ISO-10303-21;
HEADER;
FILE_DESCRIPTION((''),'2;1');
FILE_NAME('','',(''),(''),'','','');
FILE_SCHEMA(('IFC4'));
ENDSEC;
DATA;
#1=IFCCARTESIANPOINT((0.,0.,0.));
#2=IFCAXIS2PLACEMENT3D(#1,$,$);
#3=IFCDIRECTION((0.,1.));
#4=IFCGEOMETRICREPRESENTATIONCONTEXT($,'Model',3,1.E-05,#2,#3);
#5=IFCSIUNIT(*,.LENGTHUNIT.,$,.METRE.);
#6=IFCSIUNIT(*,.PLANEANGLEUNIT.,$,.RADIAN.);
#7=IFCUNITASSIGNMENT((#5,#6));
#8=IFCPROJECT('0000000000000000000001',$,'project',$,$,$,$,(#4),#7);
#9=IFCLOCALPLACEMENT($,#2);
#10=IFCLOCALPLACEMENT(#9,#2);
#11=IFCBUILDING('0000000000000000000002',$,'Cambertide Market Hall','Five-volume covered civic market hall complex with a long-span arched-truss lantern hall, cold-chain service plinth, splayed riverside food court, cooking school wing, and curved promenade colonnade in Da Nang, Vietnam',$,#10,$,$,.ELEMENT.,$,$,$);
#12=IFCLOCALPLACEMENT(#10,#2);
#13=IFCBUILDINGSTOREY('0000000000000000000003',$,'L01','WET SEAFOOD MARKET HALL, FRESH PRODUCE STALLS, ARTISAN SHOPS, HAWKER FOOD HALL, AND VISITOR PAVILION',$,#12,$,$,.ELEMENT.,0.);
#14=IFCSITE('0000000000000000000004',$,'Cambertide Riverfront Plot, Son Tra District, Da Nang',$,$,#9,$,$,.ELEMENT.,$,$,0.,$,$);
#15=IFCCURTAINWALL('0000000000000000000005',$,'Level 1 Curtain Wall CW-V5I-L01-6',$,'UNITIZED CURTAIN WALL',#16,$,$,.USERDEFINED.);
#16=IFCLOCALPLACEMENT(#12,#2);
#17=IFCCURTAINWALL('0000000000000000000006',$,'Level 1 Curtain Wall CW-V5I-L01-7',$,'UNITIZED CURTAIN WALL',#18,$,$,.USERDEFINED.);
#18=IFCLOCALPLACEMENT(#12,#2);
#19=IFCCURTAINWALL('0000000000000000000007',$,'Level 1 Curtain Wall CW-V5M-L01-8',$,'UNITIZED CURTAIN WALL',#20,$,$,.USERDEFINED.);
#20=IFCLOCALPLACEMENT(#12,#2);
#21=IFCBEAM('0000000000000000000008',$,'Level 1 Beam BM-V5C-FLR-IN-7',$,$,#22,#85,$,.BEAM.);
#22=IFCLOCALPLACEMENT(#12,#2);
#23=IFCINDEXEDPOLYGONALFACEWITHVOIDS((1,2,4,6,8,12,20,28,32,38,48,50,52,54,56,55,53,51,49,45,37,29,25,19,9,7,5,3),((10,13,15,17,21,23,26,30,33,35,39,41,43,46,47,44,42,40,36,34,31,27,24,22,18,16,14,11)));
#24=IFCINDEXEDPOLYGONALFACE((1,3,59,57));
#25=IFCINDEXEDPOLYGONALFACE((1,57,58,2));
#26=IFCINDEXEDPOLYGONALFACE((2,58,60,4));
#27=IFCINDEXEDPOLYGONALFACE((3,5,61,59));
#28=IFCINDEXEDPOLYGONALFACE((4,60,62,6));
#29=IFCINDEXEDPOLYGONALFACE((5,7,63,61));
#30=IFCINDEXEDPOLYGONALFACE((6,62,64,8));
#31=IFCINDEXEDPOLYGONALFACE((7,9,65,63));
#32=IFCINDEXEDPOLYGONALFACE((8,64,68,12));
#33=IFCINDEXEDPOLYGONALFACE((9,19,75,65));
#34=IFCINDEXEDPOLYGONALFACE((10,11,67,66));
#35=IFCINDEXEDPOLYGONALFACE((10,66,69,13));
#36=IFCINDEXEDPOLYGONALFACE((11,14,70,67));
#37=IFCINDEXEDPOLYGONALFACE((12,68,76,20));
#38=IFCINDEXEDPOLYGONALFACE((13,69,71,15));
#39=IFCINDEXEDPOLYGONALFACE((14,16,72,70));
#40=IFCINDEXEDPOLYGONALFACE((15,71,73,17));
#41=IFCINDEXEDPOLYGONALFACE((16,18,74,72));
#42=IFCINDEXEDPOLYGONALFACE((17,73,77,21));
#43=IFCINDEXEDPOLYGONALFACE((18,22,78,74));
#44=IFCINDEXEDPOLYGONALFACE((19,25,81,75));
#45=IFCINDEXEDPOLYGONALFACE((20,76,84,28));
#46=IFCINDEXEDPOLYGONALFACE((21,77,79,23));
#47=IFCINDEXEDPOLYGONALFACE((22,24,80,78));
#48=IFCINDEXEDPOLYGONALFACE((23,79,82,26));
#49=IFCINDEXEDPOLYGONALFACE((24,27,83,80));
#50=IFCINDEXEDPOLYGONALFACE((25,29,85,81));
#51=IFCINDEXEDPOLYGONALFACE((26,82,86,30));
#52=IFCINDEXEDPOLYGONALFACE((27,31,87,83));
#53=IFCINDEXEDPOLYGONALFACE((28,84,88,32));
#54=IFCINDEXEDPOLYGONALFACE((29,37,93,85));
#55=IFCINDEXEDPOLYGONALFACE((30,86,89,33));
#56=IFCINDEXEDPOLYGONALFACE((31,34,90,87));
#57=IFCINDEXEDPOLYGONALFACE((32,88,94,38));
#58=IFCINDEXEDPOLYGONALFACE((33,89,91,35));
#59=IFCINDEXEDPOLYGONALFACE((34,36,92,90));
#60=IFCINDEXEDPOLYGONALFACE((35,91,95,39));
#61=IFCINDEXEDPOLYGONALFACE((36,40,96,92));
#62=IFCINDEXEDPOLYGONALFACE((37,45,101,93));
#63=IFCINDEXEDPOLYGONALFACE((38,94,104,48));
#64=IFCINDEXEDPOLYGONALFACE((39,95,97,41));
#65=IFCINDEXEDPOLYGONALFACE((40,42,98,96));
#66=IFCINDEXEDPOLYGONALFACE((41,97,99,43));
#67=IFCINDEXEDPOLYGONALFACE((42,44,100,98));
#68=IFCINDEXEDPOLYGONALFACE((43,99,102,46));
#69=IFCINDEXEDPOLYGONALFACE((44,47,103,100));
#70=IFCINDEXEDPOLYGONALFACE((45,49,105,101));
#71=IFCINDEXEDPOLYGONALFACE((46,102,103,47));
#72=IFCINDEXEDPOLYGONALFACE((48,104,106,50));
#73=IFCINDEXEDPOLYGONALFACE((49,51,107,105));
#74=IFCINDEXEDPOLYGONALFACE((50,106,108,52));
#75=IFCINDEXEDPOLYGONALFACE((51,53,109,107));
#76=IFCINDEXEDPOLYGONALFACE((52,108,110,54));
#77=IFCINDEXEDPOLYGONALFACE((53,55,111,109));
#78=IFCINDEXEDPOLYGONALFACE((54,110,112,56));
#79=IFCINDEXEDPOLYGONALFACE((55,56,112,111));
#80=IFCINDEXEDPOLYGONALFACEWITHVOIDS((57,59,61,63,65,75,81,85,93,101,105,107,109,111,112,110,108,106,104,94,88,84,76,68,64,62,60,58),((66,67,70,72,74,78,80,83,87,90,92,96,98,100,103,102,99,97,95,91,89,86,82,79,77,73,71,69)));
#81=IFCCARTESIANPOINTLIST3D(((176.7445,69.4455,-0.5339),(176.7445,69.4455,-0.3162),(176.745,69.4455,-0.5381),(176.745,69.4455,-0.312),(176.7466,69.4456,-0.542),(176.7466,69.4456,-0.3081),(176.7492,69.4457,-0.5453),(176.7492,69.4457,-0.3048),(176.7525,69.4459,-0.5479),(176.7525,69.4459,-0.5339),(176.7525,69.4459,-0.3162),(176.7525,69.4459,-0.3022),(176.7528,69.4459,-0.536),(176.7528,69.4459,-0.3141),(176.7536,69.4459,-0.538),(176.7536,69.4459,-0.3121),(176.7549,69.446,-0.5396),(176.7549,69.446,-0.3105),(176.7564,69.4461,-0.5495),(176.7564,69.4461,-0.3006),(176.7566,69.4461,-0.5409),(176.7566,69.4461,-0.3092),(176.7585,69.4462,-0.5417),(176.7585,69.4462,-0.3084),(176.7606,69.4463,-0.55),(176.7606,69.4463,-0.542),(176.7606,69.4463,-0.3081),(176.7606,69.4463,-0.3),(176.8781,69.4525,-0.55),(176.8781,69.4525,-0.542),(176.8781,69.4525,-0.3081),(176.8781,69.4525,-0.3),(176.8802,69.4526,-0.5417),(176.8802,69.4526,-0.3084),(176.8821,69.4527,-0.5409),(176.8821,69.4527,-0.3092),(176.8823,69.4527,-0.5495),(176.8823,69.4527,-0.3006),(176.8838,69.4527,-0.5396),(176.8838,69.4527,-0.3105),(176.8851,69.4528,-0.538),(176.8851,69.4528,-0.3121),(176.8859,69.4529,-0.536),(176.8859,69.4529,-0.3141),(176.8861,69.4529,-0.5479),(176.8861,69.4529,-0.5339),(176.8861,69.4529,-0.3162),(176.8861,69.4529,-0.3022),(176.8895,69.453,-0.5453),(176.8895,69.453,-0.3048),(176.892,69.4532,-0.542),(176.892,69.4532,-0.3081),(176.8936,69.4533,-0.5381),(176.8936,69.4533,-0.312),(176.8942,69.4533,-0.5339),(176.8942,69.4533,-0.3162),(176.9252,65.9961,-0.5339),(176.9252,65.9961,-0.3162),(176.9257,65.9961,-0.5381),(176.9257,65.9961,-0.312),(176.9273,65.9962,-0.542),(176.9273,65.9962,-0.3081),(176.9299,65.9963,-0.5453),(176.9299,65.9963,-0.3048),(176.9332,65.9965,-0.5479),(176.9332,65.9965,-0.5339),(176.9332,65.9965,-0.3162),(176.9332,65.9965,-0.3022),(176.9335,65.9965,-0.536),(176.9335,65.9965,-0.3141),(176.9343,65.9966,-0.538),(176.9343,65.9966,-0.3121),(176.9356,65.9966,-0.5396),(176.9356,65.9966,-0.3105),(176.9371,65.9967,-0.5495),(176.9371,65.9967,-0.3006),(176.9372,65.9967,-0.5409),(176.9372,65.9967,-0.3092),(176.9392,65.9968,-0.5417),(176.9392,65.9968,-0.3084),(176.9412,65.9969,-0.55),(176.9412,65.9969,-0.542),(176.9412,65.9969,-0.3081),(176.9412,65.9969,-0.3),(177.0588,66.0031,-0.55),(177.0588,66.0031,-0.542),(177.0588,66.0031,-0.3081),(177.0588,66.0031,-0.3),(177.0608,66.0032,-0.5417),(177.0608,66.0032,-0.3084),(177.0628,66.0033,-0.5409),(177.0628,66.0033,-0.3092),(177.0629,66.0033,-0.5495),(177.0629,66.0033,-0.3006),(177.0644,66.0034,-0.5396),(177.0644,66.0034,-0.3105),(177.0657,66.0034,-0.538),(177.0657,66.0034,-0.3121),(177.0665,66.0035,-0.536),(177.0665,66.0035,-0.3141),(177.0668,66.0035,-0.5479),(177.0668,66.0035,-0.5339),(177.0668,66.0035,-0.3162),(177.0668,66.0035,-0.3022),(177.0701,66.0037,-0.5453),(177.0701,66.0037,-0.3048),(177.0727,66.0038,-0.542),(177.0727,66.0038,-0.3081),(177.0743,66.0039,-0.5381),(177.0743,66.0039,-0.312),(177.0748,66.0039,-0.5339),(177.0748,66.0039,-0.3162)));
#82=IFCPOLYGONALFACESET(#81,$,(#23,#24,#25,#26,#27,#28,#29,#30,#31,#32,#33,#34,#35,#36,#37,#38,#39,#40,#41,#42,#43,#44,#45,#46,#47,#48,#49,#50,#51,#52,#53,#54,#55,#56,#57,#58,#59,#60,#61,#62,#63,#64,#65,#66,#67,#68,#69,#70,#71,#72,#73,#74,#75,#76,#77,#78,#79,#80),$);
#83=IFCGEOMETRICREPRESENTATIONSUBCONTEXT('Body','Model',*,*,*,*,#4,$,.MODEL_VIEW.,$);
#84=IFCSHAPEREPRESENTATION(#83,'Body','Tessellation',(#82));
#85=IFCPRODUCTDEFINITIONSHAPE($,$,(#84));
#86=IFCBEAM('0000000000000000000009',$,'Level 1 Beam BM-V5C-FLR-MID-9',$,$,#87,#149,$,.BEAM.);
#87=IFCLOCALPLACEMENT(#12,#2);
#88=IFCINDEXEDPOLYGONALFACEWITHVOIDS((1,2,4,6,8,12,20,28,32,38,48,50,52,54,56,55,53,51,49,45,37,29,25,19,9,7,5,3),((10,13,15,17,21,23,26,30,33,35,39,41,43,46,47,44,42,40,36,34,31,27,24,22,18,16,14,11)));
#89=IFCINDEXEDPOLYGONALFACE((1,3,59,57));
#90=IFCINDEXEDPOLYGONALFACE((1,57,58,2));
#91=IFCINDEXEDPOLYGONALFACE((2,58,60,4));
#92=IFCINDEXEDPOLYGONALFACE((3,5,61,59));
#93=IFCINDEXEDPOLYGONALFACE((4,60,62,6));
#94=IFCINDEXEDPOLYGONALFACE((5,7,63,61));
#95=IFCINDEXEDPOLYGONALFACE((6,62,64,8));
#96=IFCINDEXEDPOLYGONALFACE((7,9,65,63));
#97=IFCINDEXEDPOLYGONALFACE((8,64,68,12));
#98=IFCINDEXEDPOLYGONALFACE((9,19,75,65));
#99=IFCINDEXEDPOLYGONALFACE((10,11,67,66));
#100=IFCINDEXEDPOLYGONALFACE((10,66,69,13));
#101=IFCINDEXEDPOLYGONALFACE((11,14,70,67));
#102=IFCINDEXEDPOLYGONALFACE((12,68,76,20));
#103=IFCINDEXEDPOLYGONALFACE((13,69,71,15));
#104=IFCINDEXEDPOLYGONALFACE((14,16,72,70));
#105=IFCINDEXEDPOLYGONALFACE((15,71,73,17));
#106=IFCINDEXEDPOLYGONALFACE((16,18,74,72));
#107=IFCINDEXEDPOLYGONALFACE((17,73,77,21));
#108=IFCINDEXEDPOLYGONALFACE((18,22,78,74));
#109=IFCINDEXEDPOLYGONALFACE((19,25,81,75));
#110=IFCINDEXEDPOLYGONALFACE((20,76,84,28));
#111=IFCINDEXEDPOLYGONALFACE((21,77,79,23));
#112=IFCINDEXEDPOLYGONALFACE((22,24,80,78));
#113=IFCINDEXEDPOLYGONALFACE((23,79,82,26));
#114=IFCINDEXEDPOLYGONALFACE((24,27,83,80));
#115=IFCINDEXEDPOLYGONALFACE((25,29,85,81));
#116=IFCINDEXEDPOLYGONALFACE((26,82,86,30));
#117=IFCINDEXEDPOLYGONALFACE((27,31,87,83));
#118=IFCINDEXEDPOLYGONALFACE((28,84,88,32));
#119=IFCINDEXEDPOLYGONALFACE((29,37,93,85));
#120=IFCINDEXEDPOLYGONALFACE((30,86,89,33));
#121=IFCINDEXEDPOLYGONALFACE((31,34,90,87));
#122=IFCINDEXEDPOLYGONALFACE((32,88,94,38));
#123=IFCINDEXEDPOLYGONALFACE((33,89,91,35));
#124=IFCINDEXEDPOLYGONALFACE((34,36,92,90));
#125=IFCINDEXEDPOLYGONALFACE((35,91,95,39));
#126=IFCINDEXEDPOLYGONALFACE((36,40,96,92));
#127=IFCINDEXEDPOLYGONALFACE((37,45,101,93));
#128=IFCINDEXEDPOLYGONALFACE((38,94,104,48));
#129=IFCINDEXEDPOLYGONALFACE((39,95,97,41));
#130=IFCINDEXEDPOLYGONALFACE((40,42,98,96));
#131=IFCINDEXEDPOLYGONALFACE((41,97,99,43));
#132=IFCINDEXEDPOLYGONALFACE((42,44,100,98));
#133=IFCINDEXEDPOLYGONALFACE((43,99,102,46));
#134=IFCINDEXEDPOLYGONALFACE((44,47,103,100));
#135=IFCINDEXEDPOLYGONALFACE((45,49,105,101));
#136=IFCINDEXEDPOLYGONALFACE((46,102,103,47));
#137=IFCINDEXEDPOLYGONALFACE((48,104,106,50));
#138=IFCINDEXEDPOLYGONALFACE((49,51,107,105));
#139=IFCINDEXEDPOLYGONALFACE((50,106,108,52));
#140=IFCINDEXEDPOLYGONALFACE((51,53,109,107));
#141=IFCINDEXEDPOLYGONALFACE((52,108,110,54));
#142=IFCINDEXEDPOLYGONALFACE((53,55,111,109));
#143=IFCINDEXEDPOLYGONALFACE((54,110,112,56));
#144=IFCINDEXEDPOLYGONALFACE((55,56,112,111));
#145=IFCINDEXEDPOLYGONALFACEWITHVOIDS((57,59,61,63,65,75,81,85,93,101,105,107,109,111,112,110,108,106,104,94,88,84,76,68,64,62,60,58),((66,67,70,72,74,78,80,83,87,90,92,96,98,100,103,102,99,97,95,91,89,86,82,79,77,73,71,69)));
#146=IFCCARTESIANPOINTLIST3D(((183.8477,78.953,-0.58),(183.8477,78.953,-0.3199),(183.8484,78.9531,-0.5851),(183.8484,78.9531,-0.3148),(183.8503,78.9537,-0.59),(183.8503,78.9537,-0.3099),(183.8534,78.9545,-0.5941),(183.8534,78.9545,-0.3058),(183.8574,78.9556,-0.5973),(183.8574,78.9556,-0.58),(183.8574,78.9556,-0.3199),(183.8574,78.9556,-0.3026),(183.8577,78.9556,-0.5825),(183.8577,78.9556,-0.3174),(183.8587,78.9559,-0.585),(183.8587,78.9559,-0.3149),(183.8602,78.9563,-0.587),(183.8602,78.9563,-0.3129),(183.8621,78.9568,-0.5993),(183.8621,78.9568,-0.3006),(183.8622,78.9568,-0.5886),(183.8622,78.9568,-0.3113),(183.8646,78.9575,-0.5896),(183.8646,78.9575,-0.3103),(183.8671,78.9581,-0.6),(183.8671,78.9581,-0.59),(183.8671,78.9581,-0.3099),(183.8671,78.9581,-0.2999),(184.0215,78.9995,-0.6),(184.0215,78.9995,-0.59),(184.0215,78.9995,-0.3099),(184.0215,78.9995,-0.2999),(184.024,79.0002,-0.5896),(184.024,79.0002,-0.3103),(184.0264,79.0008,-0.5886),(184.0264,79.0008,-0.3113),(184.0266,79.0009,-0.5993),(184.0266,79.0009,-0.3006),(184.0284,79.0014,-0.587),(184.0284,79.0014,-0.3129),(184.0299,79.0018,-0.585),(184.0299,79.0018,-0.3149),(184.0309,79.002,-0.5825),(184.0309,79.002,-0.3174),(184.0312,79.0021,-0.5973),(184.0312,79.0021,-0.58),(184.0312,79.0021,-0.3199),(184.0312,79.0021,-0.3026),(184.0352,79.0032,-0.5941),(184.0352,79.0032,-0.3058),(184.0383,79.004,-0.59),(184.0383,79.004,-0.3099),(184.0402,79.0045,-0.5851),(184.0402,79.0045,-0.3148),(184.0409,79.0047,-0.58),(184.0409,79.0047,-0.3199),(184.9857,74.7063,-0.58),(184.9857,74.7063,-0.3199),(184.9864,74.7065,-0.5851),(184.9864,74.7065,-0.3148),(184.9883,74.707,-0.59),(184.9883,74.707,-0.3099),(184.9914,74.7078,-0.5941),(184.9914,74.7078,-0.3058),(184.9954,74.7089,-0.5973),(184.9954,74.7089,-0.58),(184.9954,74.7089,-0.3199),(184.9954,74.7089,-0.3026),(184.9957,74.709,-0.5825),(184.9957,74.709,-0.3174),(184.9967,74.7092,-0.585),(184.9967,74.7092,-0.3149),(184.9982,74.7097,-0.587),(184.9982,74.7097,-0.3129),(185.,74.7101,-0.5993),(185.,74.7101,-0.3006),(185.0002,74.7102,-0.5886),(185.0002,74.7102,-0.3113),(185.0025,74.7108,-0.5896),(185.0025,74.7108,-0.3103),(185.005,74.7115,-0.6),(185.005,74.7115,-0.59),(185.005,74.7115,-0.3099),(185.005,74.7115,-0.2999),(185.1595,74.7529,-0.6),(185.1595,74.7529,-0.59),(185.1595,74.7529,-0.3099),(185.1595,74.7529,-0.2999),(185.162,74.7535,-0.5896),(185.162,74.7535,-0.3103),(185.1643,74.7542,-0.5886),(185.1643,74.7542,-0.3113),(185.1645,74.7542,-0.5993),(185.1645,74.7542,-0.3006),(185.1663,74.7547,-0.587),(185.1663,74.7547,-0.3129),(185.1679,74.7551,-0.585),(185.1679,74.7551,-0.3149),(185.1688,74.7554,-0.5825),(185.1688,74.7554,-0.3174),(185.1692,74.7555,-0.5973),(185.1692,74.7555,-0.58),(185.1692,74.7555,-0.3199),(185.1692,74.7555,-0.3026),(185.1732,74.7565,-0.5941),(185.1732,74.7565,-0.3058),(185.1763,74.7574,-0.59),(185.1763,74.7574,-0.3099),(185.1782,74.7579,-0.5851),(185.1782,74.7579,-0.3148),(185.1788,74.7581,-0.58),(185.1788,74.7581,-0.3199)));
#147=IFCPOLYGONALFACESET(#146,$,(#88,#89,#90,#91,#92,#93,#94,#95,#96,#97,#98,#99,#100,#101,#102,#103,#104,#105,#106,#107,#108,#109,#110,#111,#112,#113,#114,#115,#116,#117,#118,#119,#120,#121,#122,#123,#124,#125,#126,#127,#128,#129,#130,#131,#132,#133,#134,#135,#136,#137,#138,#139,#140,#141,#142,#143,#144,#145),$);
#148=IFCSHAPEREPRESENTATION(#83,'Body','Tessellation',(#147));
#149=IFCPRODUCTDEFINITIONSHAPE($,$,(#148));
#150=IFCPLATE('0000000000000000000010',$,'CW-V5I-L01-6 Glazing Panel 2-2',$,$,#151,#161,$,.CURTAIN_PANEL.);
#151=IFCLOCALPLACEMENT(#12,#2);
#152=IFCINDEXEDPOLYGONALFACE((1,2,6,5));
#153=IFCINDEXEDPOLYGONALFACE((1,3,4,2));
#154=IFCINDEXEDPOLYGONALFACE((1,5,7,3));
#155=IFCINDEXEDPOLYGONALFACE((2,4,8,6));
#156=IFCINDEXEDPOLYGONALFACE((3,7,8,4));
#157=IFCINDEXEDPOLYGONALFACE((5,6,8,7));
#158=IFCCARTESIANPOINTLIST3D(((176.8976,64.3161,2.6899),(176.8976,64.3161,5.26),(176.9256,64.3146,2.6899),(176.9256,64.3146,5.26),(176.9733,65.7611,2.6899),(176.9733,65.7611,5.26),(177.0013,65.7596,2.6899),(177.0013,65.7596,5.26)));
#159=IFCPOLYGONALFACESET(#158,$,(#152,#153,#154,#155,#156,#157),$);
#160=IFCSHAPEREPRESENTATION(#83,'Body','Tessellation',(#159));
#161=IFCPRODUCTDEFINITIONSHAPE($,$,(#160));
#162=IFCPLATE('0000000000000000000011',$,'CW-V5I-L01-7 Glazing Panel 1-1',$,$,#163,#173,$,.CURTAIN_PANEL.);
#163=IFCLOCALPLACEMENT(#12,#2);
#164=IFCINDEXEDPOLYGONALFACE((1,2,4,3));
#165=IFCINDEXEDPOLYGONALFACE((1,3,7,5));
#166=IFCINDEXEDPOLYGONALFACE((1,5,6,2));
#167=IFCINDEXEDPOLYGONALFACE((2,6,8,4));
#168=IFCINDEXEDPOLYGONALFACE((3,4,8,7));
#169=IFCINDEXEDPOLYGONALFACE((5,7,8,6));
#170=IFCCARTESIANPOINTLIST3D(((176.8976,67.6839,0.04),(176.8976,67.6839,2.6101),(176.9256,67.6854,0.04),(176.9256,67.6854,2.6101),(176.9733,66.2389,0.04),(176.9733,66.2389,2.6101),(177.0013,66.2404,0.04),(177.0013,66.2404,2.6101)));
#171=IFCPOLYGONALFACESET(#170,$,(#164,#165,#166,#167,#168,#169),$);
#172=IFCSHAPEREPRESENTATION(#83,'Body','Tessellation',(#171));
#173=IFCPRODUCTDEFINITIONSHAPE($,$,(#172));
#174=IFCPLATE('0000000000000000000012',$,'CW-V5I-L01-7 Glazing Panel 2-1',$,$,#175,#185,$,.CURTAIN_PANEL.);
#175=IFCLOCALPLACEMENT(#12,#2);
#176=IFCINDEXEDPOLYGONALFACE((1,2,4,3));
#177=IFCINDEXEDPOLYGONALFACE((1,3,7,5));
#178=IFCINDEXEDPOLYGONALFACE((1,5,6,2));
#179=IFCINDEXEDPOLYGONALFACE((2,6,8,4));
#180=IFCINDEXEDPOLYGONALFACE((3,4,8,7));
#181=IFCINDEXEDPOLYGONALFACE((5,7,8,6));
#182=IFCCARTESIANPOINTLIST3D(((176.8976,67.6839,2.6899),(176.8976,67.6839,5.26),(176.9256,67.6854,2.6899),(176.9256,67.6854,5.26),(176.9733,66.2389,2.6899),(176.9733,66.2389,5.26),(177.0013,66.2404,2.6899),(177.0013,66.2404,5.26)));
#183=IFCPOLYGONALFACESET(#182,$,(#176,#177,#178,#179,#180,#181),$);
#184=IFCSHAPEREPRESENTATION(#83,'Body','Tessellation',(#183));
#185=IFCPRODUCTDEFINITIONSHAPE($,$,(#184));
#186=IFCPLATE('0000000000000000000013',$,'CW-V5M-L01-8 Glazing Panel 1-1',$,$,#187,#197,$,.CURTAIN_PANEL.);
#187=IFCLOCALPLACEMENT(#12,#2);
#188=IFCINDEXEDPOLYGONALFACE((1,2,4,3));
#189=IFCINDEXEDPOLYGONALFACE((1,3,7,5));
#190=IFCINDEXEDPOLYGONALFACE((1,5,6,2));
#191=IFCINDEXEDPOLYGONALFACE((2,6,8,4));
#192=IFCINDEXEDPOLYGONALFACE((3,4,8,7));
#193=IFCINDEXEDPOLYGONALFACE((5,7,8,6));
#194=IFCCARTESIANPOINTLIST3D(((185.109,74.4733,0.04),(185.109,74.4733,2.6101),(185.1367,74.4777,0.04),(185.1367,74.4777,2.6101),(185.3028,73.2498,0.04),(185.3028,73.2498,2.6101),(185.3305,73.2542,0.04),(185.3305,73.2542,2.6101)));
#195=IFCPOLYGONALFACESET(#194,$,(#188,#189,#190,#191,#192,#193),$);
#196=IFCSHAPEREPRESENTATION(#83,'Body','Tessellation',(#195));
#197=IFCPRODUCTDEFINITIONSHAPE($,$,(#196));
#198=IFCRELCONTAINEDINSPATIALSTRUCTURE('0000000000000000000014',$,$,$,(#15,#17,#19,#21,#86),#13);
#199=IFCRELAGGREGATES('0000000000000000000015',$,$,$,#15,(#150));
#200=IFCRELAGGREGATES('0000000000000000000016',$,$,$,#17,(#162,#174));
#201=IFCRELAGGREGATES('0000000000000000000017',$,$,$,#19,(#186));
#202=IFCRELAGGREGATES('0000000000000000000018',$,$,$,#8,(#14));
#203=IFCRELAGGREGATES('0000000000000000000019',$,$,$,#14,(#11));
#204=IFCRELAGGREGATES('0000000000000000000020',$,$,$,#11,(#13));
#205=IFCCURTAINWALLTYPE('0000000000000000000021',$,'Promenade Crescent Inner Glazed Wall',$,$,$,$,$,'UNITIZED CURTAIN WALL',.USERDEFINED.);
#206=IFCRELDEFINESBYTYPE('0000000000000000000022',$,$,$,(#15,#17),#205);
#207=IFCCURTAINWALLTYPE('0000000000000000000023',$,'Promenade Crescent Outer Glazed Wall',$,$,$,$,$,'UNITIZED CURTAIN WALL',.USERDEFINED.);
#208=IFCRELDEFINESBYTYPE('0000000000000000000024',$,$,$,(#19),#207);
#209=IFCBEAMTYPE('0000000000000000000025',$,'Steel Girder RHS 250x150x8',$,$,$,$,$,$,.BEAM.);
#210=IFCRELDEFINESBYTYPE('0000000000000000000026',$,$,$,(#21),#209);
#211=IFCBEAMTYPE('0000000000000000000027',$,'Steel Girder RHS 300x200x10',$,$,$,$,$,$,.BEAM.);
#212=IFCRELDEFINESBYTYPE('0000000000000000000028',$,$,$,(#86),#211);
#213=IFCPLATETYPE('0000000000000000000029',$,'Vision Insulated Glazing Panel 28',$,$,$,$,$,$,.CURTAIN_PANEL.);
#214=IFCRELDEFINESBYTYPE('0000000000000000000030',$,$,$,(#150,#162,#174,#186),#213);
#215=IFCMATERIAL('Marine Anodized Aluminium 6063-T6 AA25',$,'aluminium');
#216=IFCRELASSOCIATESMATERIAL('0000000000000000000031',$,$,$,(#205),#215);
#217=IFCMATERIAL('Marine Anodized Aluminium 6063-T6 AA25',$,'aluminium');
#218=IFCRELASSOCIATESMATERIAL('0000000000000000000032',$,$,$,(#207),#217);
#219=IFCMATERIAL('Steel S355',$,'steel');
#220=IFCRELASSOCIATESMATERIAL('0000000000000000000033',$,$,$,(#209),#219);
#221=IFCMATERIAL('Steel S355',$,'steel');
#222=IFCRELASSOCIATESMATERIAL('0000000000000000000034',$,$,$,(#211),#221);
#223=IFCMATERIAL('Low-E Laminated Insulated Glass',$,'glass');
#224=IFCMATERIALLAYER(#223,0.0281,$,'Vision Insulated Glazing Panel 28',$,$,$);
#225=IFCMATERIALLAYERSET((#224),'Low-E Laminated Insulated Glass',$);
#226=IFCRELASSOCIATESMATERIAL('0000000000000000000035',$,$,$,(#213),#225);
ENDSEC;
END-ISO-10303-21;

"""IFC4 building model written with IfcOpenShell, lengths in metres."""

from ifc_helpers import new_model, si_unit, direction, frame, origin, origin_2d, place, context, subcontext, project, spatial, rectangle, hollow_rectangle, extrude, material, layer, layer_set, material_profile, profile_set, type_object, element, aggregate, save


model = new_model("IFC4")

# Units and contexts
model_context = context("Model", 3, precision=1e-05, world=origin(), true_north=direction((0.0, 1.0)))
body_context = subcontext(model_context, "Body", "Model", "MODEL_VIEW")
ifc_project = project(units=[si_unit("LENGTHUNIT", "METRE"), si_unit("PLANEANGLEUNIT", "RADIAN")], contexts=[model_context])

# Site, building, storey
site_placement = place(None, origin())
site = spatial("IfcSite", under=ifc_project, at=site_placement, Name="Cambertide Riverfront Plot, Son Tra District, Da Nang", CompositionType="ELEMENT", RefElevation=0.0)
building_placement = place(site_placement, origin())
building = spatial("IfcBuilding", under=site, at=building_placement, Name="Cambertide Market Hall", Description="Five-volume covered civic market hall complex with a long-span arched-truss lantern hall, cold-chain service plinth, splayed riverside food court, cooking school wing, and curved promenade colonnade in Da Nang, Vietnam", CompositionType="ELEMENT")
storey_placement = place(building_placement, origin())
storey = spatial("IfcBuildingStorey", under=building, at=storey_placement, Name="L01", Description="WET SEAFOOD MARKET HALL, FRESH PRODUCE STALLS, ARTISAN SHOPS, HAWKER FOOD HALL, AND VISITOR PAVILION", CompositionType="ELEMENT", Elevation=0.0)

# Curtain walls
ifc_material_1 = material(Name="Marine Anodized Aluminium 6063-T6 AA25", Category="aluminium")
curtain_wall_type_1 = type_object("IfcCurtainWallType", Name="Promenade Crescent Inner Glazed Wall", ElementType="UNITIZED CURTAIN WALL", PredefinedType="USERDEFINED", material=ifc_material_1)
curtain_wall_1_placement = place(storey_placement, origin())
curtain_wall_1 = element("IfcCurtainWall", 1, at=curtain_wall_1_placement, inside=storey, type_object=curtain_wall_type_1, Name="Level 1 Curtain Wall CW-V5I-L01-6", ObjectType="UNITIZED CURTAIN WALL", PredefinedType="USERDEFINED")
curtain_wall_2_placement = place(storey_placement, origin())
curtain_wall_2 = element("IfcCurtainWall", 2, at=curtain_wall_2_placement, inside=storey, type_object=curtain_wall_type_1, Name="Level 1 Curtain Wall CW-V5I-L01-7", ObjectType="UNITIZED CURTAIN WALL", PredefinedType="USERDEFINED")

# Curtain wall
ifc_material_2 = material(Name="Marine Anodized Aluminium 6063-T6 AA25", Category="aluminium")
curtain_wall_type_2 = type_object("IfcCurtainWallType", Name="Promenade Crescent Outer Glazed Wall", ElementType="UNITIZED CURTAIN WALL", PredefinedType="USERDEFINED", material=ifc_material_2)
curtain_wall_3_placement = place(storey_placement, origin())
curtain_wall_3 = element("IfcCurtainWall", 3, at=curtain_wall_3_placement, inside=storey, type_object=curtain_wall_type_2, Name="Level 1 Curtain Wall CW-V5M-L01-8", ObjectType="UNITIZED CURTAIN WALL", PredefinedType="USERDEFINED")

# Beams
ifc_material_3 = material(Name="Steel S355", Category="steel")
ifc_material_profile_1 = material_profile(ifc_material_3, hollow_rectangle(XDim=0.1499, YDim=0.25, WallThickness=0.0081, InnerFilletRadius=0.0081, OuterFilletRadius=0.0161, at=origin_2d()), Name="RHS 250x150x8")
ifc_profile_set_1 = profile_set([ifc_material_profile_1], Name="Steel S355")
beam_type_1 = type_object("IfcBeamType", Name="Steel Girder RHS 250x150x8", PredefinedType="BEAM", material=ifc_profile_set_1)
beam_1_placement = place(storey_placement, frame((177.0, 66.0, -0.425), z_axis=(-0.052303, 0.998631, 0.0), x_axis=(-0.998631, -0.052303, 0.0)))
element("IfcBeam", 4, at=beam_1_placement, inside=storey, type_object=beam_type_1, Name="Level 1 Beam BM-V5C-FLR-IN-7", PredefinedType="BEAM", context=body_context, shape_type="SweptSolid", body=[
    extrude(hollow_rectangle(XDim=0.1499, YDim=0.25, WallThickness=0.0081, InnerFilletRadius=0.0081, OuterFilletRadius=0.0161, at=origin_2d()), origin(), (0.0, 0.0, 1.0), 3.4541),
])
ifc_material_4 = material(Name="Steel S355", Category="steel")
ifc_material_profile_2 = material_profile(ifc_material_4, hollow_rectangle(XDim=0.2, YDim=0.3, WallThickness=0.01, InnerFilletRadius=0.01, OuterFilletRadius=0.02, at=origin_2d()), Name="RHS 300x200x10")
ifc_profile_set_2 = profile_set([ifc_material_profile_2], Name="Steel S355")
beam_type_2 = type_object("IfcBeamType", Name="Steel Girder RHS 300x200x10", PredefinedType="BEAM", material=ifc_profile_set_2)
beam_2_placement = place(storey_placement, frame((185.0823, 74.7322, -0.45), z_axis=(-0.258834, 0.965922, 0.0), x_axis=(-0.965922, -0.258834, 0.0)))
element("IfcBeam", 5, at=beam_2_placement, inside=storey, type_object=beam_type_2, Name="Level 1 Beam BM-V5C-FLR-MID-9", PredefinedType="BEAM", context=body_context, shape_type="SweptSolid", body=[
    extrude(hollow_rectangle(XDim=0.2, YDim=0.3, WallThickness=0.01, InnerFilletRadius=0.01, OuterFilletRadius=0.02, at=origin_2d()), origin(), (0.0, 0.0, 1.0), 4.3965),
])

# Plates
ifc_material_5 = material(Name="Low-E Laminated Insulated Glass", Category="glass")
ifc_layer = layer(ifc_material_5, 0.0281, Name="Vision Insulated Glazing Panel 28")
ifc_layer_set = layer_set([ifc_layer], Name="Low-E Laminated Insulated Glass")
plate_type = type_object("IfcPlateType", Name="Vision Insulated Glazing Panel 28", PredefinedType="CURTAIN_PANEL", material=ifc_layer_set)
plate_1_placement = place(storey_placement, frame((176.9495, 65.0378, 2.6899), z_axis=(0.0, 0.0, 1.0), x_axis=(0.052336, 0.99863, 0.0)))
plate_1 = element("IfcPlate", 6, at=plate_1_placement, type_object=plate_type, Name="CW-V5I-L01-6 Glazing Panel 2-2", PredefinedType="CURTAIN_PANEL", context=body_context, shape_type="SweptSolid", body=[
    extrude(rectangle(XDim=1.447, YDim=0.0281, at=origin_2d()), origin(), (0.0, 0.0, 1.0), 2.5701),
])
aggregate(curtain_wall_1, [plate_1])
plate_2_placement = place(storey_placement, frame((176.9495, 66.9622, 0.04), z_axis=(0.0, 0.0, 1.0), x_axis=(-0.052336, 0.99863, 0.0)))
plate_2 = element("IfcPlate", 7, at=plate_2_placement, type_object=plate_type, Name="CW-V5I-L01-7 Glazing Panel 1-1", PredefinedType="CURTAIN_PANEL", context=body_context, shape_type="SweptSolid", body=[
    extrude(rectangle(XDim=1.447, YDim=0.0281, at=origin_2d()), origin(), (0.0, 0.0, 1.0), 2.5701),
])
plate_3_placement = place(storey_placement, frame((176.9495, 66.9622, 2.6899), z_axis=(0.0, 0.0, 1.0), x_axis=(-0.052336, 0.99863, 0.0)))
plate_3 = element("IfcPlate", 8, at=plate_3_placement, type_object=plate_type, Name="CW-V5I-L01-7 Glazing Panel 2-1", PredefinedType="CURTAIN_PANEL", context=body_context, shape_type="SweptSolid", body=[
    extrude(rectangle(XDim=1.447, YDim=0.0281, at=origin_2d()), origin(), (0.0, 0.0, 1.0), 2.5701),
])
aggregate(curtain_wall_2, [plate_2, plate_3])
plate_4_placement = place(storey_placement, frame((185.2197, 73.8638, 0.04), z_axis=(0.0, 0.0, 1.0), x_axis=(0.156435, -0.987688, 0.0)))
plate_4 = element("IfcPlate", 9, at=plate_4_placement, type_object=plate_type, Name="CW-V5M-L01-8 Glazing Panel 1-1", PredefinedType="CURTAIN_PANEL", context=body_context, shape_type="SweptSolid", body=[
    extrude(rectangle(XDim=1.2388, YDim=0.0281, at=origin_2d()), origin(), (0.0, 0.0, 1.0), 2.5701),
])
aggregate(curtain_wall_3, [plate_4])

save(model, "model.ifc")
